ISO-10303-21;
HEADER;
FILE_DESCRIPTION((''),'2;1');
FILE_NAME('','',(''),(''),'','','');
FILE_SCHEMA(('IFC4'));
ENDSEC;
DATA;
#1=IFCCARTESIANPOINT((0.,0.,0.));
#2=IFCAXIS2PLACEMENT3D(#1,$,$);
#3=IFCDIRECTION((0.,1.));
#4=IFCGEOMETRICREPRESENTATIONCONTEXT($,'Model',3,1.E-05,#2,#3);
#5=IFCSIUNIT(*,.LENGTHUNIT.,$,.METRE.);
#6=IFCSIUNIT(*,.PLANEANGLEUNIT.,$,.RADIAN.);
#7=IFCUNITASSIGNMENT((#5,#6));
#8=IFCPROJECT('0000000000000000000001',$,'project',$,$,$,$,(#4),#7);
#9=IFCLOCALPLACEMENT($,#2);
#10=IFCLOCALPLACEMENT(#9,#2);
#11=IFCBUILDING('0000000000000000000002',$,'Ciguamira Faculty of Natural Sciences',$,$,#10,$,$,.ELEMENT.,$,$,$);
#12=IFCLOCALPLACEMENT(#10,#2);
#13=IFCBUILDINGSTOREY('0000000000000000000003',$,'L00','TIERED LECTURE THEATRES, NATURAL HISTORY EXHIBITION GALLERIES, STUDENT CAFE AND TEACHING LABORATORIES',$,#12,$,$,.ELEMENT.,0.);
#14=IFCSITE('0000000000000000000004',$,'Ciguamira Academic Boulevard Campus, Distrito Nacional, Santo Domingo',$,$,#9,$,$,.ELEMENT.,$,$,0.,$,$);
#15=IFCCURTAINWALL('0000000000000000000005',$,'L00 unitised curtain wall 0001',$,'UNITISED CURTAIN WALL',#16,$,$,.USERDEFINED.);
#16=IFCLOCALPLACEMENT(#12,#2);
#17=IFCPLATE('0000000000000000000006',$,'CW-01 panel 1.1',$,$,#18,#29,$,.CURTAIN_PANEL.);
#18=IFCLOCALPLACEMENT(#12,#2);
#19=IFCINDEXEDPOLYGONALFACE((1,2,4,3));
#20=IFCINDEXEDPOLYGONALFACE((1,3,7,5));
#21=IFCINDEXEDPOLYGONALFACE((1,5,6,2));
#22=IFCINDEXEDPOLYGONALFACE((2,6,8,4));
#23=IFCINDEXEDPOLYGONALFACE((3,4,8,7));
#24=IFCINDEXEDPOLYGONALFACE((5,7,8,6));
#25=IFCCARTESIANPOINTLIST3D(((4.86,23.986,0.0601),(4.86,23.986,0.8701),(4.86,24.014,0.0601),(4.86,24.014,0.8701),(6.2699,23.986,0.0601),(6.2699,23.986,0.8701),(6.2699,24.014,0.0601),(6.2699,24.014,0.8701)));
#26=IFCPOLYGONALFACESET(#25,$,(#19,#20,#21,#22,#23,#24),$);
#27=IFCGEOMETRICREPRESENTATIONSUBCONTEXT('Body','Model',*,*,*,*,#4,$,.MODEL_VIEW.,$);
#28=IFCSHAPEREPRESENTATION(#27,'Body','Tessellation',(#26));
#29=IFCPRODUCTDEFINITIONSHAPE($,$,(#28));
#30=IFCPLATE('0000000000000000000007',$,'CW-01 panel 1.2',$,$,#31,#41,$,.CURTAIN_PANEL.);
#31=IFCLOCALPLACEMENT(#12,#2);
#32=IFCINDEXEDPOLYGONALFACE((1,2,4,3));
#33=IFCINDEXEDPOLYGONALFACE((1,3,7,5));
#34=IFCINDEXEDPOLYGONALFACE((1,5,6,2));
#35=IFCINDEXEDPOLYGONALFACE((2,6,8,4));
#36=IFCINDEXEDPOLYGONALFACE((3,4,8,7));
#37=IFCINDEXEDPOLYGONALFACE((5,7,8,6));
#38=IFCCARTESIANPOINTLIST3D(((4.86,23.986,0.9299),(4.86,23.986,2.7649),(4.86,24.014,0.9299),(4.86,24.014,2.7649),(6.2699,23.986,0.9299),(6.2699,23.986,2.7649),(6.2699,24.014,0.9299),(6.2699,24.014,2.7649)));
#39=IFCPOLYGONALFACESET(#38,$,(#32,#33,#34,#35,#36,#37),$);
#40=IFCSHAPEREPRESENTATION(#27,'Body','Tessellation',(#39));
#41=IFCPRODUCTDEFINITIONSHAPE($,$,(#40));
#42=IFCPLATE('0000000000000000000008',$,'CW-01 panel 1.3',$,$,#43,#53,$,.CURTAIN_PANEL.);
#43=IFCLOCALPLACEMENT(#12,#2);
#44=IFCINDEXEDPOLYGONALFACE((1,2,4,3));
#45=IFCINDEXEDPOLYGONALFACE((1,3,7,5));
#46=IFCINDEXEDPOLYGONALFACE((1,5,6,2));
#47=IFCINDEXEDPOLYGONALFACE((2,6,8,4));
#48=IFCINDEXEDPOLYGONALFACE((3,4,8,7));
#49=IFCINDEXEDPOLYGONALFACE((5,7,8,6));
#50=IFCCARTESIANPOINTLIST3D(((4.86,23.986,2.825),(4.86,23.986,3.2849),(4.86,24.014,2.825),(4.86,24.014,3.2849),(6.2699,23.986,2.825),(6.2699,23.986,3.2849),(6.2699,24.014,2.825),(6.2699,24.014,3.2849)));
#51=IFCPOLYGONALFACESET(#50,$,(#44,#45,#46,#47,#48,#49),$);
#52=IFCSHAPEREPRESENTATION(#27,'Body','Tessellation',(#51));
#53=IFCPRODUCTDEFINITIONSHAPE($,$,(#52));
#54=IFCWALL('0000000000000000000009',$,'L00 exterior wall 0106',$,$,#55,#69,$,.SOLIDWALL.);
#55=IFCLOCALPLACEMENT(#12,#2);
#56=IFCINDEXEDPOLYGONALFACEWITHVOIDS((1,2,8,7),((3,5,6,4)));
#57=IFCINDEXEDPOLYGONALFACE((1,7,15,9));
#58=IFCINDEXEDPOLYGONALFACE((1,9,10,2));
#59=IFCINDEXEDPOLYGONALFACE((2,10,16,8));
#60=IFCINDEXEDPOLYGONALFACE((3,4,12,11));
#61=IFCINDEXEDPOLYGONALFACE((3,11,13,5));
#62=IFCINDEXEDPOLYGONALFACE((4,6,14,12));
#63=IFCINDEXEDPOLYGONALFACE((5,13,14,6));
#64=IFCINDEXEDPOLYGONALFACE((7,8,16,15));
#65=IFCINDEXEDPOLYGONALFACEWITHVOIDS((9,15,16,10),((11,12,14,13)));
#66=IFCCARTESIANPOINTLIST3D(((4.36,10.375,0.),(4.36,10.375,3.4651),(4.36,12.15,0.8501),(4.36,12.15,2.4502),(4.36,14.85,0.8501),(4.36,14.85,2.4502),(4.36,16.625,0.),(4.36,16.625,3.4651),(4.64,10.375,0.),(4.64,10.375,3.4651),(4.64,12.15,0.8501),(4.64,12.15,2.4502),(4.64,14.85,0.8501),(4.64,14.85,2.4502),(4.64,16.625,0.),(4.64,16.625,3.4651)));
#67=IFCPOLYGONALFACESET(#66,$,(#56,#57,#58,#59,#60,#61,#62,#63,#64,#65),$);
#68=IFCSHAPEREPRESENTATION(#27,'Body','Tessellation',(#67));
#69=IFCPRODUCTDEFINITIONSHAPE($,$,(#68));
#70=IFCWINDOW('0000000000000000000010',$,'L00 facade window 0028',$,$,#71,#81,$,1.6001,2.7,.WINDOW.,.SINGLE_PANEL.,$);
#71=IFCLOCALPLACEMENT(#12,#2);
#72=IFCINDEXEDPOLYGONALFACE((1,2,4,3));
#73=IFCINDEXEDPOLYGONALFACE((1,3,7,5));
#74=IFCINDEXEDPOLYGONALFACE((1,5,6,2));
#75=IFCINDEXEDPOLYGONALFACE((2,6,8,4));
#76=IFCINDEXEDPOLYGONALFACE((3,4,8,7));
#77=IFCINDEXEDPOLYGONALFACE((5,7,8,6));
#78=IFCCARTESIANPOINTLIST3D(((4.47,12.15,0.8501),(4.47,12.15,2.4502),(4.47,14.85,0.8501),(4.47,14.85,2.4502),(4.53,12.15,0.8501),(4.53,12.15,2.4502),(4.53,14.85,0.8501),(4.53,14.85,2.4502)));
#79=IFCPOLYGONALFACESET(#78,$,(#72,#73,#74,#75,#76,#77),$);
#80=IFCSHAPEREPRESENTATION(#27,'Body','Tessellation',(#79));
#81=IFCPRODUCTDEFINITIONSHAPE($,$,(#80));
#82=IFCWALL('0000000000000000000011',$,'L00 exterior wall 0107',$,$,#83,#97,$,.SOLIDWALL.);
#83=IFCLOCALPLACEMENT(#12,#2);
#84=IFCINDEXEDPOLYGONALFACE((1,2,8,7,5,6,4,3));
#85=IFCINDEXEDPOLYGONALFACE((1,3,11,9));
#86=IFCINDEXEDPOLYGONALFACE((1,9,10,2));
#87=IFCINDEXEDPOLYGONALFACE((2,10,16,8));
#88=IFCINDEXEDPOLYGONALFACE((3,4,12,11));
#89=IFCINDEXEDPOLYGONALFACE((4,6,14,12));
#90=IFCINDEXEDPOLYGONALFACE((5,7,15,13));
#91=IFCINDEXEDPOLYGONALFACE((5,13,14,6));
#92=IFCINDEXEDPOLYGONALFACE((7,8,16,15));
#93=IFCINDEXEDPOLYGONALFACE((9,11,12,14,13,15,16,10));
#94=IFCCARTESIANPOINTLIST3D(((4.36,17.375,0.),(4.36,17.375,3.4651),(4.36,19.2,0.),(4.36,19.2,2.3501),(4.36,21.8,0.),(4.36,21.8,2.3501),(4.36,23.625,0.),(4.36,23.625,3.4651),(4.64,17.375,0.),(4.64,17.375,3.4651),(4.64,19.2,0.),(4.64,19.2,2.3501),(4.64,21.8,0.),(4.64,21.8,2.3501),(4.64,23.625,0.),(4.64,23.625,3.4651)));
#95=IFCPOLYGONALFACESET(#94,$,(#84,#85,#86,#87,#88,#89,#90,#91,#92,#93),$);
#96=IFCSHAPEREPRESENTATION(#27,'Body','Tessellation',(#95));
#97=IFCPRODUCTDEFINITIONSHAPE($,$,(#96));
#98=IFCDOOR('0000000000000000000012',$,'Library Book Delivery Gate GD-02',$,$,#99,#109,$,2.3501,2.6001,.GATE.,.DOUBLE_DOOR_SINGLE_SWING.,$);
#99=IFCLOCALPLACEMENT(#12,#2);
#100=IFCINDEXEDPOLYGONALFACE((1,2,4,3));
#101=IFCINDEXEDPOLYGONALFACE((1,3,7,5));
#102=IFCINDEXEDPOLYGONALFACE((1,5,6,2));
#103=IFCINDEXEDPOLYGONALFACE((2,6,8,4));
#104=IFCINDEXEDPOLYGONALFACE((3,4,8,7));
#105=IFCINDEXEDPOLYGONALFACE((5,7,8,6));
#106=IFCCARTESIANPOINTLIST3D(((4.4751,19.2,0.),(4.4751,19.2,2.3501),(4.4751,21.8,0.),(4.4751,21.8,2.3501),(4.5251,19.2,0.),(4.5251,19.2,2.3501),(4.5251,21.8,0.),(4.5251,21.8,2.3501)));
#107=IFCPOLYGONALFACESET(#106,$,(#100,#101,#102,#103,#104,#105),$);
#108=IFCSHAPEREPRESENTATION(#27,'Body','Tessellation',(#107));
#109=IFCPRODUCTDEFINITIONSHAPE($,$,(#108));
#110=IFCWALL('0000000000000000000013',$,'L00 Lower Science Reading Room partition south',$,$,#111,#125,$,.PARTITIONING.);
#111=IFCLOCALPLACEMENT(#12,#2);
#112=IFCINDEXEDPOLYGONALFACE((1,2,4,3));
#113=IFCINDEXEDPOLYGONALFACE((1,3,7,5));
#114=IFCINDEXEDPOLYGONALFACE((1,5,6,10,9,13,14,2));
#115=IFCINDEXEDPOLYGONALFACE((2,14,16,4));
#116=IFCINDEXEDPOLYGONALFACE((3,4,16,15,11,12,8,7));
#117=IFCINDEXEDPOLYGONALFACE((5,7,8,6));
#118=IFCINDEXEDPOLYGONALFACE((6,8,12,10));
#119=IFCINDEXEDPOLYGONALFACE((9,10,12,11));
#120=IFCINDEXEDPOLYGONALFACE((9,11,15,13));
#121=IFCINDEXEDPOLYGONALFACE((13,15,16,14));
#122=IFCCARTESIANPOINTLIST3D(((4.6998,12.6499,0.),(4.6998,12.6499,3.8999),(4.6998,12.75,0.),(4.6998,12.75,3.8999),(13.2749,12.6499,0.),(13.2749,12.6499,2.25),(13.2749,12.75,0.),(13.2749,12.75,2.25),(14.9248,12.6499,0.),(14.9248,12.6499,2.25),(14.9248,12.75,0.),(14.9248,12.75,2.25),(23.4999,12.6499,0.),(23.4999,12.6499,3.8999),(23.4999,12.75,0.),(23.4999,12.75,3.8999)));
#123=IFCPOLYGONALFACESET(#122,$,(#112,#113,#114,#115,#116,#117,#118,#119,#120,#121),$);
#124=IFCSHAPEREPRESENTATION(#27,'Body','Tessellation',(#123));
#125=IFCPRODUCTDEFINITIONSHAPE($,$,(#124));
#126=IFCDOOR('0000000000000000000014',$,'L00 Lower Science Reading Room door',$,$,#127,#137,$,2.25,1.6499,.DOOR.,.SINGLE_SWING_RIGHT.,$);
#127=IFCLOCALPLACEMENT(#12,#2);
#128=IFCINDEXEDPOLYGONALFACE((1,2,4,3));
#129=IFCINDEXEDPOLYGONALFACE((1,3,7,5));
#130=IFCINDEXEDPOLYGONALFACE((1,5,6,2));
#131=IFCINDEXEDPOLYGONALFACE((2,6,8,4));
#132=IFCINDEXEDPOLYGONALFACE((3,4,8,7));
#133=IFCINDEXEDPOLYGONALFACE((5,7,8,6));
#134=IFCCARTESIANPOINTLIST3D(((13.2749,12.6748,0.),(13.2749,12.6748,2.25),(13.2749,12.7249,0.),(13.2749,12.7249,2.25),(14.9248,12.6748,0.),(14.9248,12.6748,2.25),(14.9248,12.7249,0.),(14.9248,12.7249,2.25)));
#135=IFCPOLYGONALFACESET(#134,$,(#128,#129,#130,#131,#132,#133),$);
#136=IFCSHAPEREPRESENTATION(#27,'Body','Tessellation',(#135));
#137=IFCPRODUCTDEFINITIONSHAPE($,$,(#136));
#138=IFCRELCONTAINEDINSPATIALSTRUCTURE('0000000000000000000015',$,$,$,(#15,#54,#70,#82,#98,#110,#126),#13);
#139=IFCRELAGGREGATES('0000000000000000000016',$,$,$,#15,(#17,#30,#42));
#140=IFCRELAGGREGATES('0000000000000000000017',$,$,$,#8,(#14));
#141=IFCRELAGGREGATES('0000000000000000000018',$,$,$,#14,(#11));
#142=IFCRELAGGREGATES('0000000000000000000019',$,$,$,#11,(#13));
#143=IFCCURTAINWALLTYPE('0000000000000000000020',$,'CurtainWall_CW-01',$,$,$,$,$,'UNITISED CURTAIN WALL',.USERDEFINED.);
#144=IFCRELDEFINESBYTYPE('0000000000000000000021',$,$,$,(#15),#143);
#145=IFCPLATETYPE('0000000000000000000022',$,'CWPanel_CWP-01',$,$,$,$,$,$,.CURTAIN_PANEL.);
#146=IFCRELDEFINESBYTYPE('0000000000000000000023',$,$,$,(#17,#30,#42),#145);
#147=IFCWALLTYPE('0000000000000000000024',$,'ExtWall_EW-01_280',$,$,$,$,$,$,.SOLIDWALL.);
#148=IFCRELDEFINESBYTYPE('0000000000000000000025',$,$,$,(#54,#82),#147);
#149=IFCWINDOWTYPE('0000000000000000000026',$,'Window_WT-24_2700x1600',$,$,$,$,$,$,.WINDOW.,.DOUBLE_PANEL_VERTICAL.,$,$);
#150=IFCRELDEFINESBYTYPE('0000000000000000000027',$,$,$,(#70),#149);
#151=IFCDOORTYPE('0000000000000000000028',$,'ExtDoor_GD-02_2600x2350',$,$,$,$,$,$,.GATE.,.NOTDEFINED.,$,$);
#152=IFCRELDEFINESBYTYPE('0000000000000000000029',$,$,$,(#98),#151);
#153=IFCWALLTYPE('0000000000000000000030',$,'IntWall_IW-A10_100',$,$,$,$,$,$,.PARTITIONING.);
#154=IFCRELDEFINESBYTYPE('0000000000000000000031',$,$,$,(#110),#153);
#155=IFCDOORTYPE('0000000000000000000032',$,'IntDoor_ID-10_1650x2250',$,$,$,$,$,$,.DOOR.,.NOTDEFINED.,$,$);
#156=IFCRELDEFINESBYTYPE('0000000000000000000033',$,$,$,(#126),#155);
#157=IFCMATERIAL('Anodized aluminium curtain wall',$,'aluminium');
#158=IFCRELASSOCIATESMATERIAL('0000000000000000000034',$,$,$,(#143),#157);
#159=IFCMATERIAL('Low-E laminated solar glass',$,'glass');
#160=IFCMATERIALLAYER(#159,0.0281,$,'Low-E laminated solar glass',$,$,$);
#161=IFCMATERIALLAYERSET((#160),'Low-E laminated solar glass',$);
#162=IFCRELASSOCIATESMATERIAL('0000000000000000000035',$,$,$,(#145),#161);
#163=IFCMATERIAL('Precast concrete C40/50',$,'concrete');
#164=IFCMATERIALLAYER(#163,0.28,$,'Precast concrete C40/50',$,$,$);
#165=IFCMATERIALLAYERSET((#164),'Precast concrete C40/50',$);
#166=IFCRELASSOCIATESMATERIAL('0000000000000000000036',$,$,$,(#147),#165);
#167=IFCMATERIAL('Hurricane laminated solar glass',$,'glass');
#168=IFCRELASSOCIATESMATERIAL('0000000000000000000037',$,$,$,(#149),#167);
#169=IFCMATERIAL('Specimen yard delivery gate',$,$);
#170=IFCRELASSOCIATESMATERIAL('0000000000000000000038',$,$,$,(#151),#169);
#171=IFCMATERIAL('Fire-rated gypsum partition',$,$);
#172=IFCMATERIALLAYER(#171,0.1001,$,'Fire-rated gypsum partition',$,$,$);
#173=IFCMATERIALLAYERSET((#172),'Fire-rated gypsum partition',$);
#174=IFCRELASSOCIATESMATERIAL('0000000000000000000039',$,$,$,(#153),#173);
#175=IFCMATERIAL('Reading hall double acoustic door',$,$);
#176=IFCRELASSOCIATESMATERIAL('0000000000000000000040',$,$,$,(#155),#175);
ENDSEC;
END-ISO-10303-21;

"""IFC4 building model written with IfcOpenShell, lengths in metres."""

from ifc_helpers import new_model, si_unit, direction, frame, frame_2d, origin, origin_2d, place, context, subcontext, project, spatial, rectangle, extrude, material, layer, layer_set, type_object, element, fill, aggregate, save


model = new_model("IFC4")

# Units and contexts
model_context = context("Model", 3, precision=1e-05, world=origin(), true_north=direction((0.0, 1.0)))
body_context = subcontext(model_context, "Body", "Model", "MODEL_VIEW")
ifc_project = project(units=[si_unit("LENGTHUNIT", "METRE"), si_unit("PLANEANGLEUNIT", "RADIAN")], contexts=[model_context])

# Site, building, storey
site_placement = place(None, origin())
site = spatial("IfcSite", under=ifc_project, at=site_placement, Name="Ciguamira Academic Boulevard Campus, Distrito Nacional, Santo Domingo", CompositionType="ELEMENT", RefElevation=0.0)
building_placement = place(site_placement, origin())
building = spatial("IfcBuilding", under=site, at=building_placement, Name="Ciguamira Faculty of Natural Sciences", CompositionType="ELEMENT")
storey_placement = place(building_placement, origin())
storey = spatial("IfcBuildingStorey", under=building, at=storey_placement, Name="L00", Description="TIERED LECTURE THEATRES, NATURAL HISTORY EXHIBITION GALLERIES, STUDENT CAFE AND TEACHING LABORATORIES", CompositionType="ELEMENT", Elevation=0.0)

# Curtain wall
ifc_material_1 = material(Name="Anodized aluminium curtain wall", Category="aluminium")
curtain_wall_type = type_object("IfcCurtainWallType", Name="CurtainWall_CW-01", ElementType="UNITISED CURTAIN WALL", PredefinedType="USERDEFINED", material=ifc_material_1)
curtain_wall_placement = place(storey_placement, origin())
curtain_wall = element("IfcCurtainWall", 1, at=curtain_wall_placement, inside=storey, type_object=curtain_wall_type, Name="L00 unitised curtain wall 0001", ObjectType="UNITISED CURTAIN WALL", PredefinedType="USERDEFINED")

# Shared definitions
ifc_material_2 = material(Name="Precast concrete C40/50", Category="concrete")

# Plates
ifc_material_3 = material(Name="Low-E laminated solar glass", Category="glass")
ifc_layer_1 = layer(ifc_material_3, 0.0281, Name="Low-E laminated solar glass")
ifc_layer_set_1 = layer_set([ifc_layer_1], Name="Low-E laminated solar glass")
plate_type = type_object("IfcPlateType", Name="CWPanel_CWP-01", PredefinedType="CURTAIN_PANEL", material=ifc_layer_set_1)
plate_1_placement = place(storey_placement, frame((5.5649, 24.0, 0.0601), z_axis=(0.0, 0.0, 1.0), x_axis=(1.0, 0.0, 0.0)))
plate_1 = element("IfcPlate", 2, at=plate_1_placement, type_object=plate_type, Name="CW-01 panel 1.1", PredefinedType="CURTAIN_PANEL", context=body_context, shape_type="SweptSolid", body=[
    extrude(rectangle(XDim=1.4099, YDim=0.0281, at=origin_2d()), origin(), (0.0, 0.0, 1.0), 0.8101),
])
plate_2_placement = place(storey_placement, frame((5.5649, 24.0, 0.9299), z_axis=(0.0, 0.0, 1.0), x_axis=(1.0, 0.0, 0.0)))
plate_2 = element("IfcPlate", 3, at=plate_2_placement, type_object=plate_type, Name="CW-01 panel 1.2", PredefinedType="CURTAIN_PANEL", context=body_context, shape_type="SweptSolid", body=[
    extrude(rectangle(XDim=1.4099, YDim=0.0281, at=origin_2d()), origin(), (0.0, 0.0, 1.0), 1.835),
])
plate_3_placement = place(storey_placement, frame((5.5649, 24.0, 2.825), z_axis=(0.0, 0.0, 1.0), x_axis=(1.0, 0.0, 0.0)))
plate_3 = element("IfcPlate", 4, at=plate_3_placement, type_object=plate_type, Name="CW-01 panel 1.3", PredefinedType="CURTAIN_PANEL", context=body_context, shape_type="SweptSolid", body=[
    extrude(rectangle(XDim=1.4099, YDim=0.0281, at=origin_2d()), origin(), (0.0, 0.0, 1.0), 0.46),
])
aggregate(curtain_wall, [plate_1, plate_2, plate_3])

# Wall, opening, window
ifc_layer_2 = layer(ifc_material_2, 0.28, Name="Precast concrete C40/50")
ifc_layer_set_2 = layer_set([ifc_layer_2], Name="Precast concrete C40/50")
wall_type_1 = type_object("IfcWallType", Name="ExtWall_EW-01_280", PredefinedType="SOLIDWALL", material=ifc_layer_set_2)
wall_1_placement = place(storey_placement, frame((4.5, 10.375, 0.0), z_axis=(0.0, 0.0, 1.0), x_axis=(0.0, 1.0, 0.0)))
wall_1 = element("IfcWall", 5, at=wall_1_placement, inside=storey, type_object=wall_type_1, Name="L00 exterior wall 0106", PredefinedType="SOLIDWALL", context=body_context, shape_type="SweptSolid", body=[
    extrude(rectangle(XDim=6.25, YDim=0.28, at=frame_2d((3.125, 0.0))), origin(), (0.0, 0.0, 1.0), 3.4651),
])
opening_1_placement = place(wall_1_placement, frame((1.7749, 0.0, 0.8501)))
opening_1 = element("IfcOpeningElement", 6, at=opening_1_placement, cuts=wall_1, PredefinedType="OPENING", context=body_context, shape_type="SweptSolid", body=[
    extrude(rectangle(XDim=2.7, YDim=1.6001, at=frame_2d((1.3501, 0.8))), frame((0.0, 0.1499, 0.0), z_axis=(0.0, -1.0, 0.0), x_axis=(1.0, 0.0, 0.0)), (0.0, 0.0, 1.0), 0.3),
])
ifc_material_4 = material(Name="Hurricane laminated solar glass", Category="glass")
window_type = type_object("IfcWindowType", Name="Window_WT-24_2700x1600", PartitioningType="DOUBLE_PANEL_VERTICAL", PredefinedType="WINDOW", material=ifc_material_4)
window_placement = place(opening_1_placement, origin())
window = element("IfcWindow", 7, at=window_placement, inside=storey, type_object=window_type, Name="L00 facade window 0028", OverallHeight=1.6001, OverallWidth=2.7, PartitioningType="SINGLE_PANEL", PredefinedType="WINDOW", context=body_context, shape_type="SweptSolid", body=[
    extrude(rectangle(XDim=2.7, YDim=1.6001, at=frame_2d((1.3501, 0.8))), frame((0.0, 0.03, 0.0), z_axis=(0.0, -1.0, 0.0), x_axis=(1.0, 0.0, 0.0)), (0.0, 0.0, 1.0), 0.0601),
])
fill(opening_1, window)

# Walls, openings, doors
wall_2_placement = place(storey_placement, frame((4.5, 17.375, 0.0), z_axis=(0.0, 0.0, 1.0), x_axis=(0.0, 1.0, 0.0)))
wall_2 = element("IfcWall", 8, at=wall_2_placement, inside=storey, type_object=wall_type_1, Name="L00 exterior wall 0107", PredefinedType="SOLIDWALL", context=body_context, shape_type="SweptSolid", body=[
    extrude(rectangle(XDim=6.25, YDim=0.28, at=frame_2d((3.125, 0.0))), origin(), (0.0, 0.0, 1.0), 3.4651),
])
opening_2_placement = place(wall_2_placement, frame((1.825, 0.0, 0.0)))
opening_2 = element("IfcOpeningElement", 9, at=opening_2_placement, cuts=wall_2, PredefinedType="OPENING", context=body_context, shape_type="SweptSolid", body=[
    extrude(rectangle(XDim=2.6001, YDim=2.3501, at=frame_2d((1.3, 1.175))), frame((0.0, 0.1499, 0.0), z_axis=(0.0, -1.0, 0.0), x_axis=(1.0, 0.0, 0.0)), (0.0, 0.0, 1.0), 0.3),
])
ifc_material_5 = material(Name="Specimen yard delivery gate")
door_type_1 = type_object("IfcDoorType", Name="ExtDoor_GD-02_2600x2350", OperationType="NOTDEFINED", PredefinedType="GATE", material=ifc_material_5)
door_1_placement = place(opening_2_placement, origin())
door_1 = element("IfcDoor", 10, at=door_1_placement, inside=storey, type_object=door_type_1, Name="Library Book Delivery Gate GD-02", OperationType="DOUBLE_DOOR_SINGLE_SWING", OverallHeight=2.3501, OverallWidth=2.6001, PredefinedType="GATE", context=body_context, shape_type="SweptSolid", body=[
    extrude(rectangle(XDim=2.6001, YDim=2.3501, at=frame_2d((1.3, 1.175))), frame((0.0, 0.0249, 0.0), z_axis=(0.0, -1.0, 0.0), x_axis=(1.0, 0.0, 0.0)), (0.0, 0.0, 1.0), 0.05),
])
fill(opening_2, door_1)
ifc_material_6 = material(Name="Fire-rated gypsum partition")
ifc_layer_3 = layer(ifc_material_6, 0.1001, Name="Fire-rated gypsum partition")
ifc_layer_set_3 = layer_set([ifc_layer_3], Name="Fire-rated gypsum partition")
wall_type_2 = type_object("IfcWallType", Name="IntWall_IW-A10_100", PredefinedType="PARTITIONING", material=ifc_layer_set_3)
wall_3_placement = place(storey_placement, frame((4.7, 12.7, 0.0), z_axis=(0.0, 0.0, 1.0), x_axis=(1.0, 0.0, 0.0)))
wall_3 = element("IfcWall", 11, at=wall_3_placement, inside=storey, type_object=wall_type_2, Name="L00 Lower Science Reading Room partition south", PredefinedType="PARTITIONING", context=body_context, shape_type="SweptSolid", body=[
    extrude(rectangle(XDim=18.8, YDim=0.1001, at=frame_2d((9.3999, 0.0))), origin(), (0.0, 0.0, 1.0), 3.8999),
])
opening_3_placement = place(wall_3_placement, frame((8.575, 0.0, 0.0)))
opening_3 = element("IfcOpeningElement", 12, at=opening_3_placement, cuts=wall_3, PredefinedType="OPENING", context=body_context, shape_type="SweptSolid", body=[
    extrude(rectangle(XDim=1.6499, YDim=2.25, at=frame_2d((0.825, 1.125))), frame((0.0, 0.0601, 0.0), z_axis=(0.0, -1.0, 0.0), x_axis=(1.0, 0.0, 0.0)), (0.0, 0.0, 1.0), 0.1201),
])
ifc_material_7 = material(Name="Reading hall double acoustic door")
door_type_2 = type_object("IfcDoorType", Name="IntDoor_ID-10_1650x2250", OperationType="NOTDEFINED", PredefinedType="DOOR", material=ifc_material_7)
door_2_placement = place(opening_3_placement, origin())
door_2 = element("IfcDoor", 13, at=door_2_placement, inside=storey, type_object=door_type_2, Name="L00 Lower Science Reading Room door", OperationType="SINGLE_SWING_RIGHT", OverallHeight=2.25, OverallWidth=1.6499, PredefinedType="DOOR", context=body_context, shape_type="SweptSolid", body=[
    extrude(rectangle(XDim=1.6499, YDim=2.25, at=frame_2d((0.825, 1.125))), frame((0.0, 0.0249, 0.0), z_axis=(0.0, -1.0, 0.0), x_axis=(1.0, 0.0, 0.0)), (0.0, 0.0, 1.0), 0.05),
])
fill(opening_3, door_2)

save(model, "model.ifc")
